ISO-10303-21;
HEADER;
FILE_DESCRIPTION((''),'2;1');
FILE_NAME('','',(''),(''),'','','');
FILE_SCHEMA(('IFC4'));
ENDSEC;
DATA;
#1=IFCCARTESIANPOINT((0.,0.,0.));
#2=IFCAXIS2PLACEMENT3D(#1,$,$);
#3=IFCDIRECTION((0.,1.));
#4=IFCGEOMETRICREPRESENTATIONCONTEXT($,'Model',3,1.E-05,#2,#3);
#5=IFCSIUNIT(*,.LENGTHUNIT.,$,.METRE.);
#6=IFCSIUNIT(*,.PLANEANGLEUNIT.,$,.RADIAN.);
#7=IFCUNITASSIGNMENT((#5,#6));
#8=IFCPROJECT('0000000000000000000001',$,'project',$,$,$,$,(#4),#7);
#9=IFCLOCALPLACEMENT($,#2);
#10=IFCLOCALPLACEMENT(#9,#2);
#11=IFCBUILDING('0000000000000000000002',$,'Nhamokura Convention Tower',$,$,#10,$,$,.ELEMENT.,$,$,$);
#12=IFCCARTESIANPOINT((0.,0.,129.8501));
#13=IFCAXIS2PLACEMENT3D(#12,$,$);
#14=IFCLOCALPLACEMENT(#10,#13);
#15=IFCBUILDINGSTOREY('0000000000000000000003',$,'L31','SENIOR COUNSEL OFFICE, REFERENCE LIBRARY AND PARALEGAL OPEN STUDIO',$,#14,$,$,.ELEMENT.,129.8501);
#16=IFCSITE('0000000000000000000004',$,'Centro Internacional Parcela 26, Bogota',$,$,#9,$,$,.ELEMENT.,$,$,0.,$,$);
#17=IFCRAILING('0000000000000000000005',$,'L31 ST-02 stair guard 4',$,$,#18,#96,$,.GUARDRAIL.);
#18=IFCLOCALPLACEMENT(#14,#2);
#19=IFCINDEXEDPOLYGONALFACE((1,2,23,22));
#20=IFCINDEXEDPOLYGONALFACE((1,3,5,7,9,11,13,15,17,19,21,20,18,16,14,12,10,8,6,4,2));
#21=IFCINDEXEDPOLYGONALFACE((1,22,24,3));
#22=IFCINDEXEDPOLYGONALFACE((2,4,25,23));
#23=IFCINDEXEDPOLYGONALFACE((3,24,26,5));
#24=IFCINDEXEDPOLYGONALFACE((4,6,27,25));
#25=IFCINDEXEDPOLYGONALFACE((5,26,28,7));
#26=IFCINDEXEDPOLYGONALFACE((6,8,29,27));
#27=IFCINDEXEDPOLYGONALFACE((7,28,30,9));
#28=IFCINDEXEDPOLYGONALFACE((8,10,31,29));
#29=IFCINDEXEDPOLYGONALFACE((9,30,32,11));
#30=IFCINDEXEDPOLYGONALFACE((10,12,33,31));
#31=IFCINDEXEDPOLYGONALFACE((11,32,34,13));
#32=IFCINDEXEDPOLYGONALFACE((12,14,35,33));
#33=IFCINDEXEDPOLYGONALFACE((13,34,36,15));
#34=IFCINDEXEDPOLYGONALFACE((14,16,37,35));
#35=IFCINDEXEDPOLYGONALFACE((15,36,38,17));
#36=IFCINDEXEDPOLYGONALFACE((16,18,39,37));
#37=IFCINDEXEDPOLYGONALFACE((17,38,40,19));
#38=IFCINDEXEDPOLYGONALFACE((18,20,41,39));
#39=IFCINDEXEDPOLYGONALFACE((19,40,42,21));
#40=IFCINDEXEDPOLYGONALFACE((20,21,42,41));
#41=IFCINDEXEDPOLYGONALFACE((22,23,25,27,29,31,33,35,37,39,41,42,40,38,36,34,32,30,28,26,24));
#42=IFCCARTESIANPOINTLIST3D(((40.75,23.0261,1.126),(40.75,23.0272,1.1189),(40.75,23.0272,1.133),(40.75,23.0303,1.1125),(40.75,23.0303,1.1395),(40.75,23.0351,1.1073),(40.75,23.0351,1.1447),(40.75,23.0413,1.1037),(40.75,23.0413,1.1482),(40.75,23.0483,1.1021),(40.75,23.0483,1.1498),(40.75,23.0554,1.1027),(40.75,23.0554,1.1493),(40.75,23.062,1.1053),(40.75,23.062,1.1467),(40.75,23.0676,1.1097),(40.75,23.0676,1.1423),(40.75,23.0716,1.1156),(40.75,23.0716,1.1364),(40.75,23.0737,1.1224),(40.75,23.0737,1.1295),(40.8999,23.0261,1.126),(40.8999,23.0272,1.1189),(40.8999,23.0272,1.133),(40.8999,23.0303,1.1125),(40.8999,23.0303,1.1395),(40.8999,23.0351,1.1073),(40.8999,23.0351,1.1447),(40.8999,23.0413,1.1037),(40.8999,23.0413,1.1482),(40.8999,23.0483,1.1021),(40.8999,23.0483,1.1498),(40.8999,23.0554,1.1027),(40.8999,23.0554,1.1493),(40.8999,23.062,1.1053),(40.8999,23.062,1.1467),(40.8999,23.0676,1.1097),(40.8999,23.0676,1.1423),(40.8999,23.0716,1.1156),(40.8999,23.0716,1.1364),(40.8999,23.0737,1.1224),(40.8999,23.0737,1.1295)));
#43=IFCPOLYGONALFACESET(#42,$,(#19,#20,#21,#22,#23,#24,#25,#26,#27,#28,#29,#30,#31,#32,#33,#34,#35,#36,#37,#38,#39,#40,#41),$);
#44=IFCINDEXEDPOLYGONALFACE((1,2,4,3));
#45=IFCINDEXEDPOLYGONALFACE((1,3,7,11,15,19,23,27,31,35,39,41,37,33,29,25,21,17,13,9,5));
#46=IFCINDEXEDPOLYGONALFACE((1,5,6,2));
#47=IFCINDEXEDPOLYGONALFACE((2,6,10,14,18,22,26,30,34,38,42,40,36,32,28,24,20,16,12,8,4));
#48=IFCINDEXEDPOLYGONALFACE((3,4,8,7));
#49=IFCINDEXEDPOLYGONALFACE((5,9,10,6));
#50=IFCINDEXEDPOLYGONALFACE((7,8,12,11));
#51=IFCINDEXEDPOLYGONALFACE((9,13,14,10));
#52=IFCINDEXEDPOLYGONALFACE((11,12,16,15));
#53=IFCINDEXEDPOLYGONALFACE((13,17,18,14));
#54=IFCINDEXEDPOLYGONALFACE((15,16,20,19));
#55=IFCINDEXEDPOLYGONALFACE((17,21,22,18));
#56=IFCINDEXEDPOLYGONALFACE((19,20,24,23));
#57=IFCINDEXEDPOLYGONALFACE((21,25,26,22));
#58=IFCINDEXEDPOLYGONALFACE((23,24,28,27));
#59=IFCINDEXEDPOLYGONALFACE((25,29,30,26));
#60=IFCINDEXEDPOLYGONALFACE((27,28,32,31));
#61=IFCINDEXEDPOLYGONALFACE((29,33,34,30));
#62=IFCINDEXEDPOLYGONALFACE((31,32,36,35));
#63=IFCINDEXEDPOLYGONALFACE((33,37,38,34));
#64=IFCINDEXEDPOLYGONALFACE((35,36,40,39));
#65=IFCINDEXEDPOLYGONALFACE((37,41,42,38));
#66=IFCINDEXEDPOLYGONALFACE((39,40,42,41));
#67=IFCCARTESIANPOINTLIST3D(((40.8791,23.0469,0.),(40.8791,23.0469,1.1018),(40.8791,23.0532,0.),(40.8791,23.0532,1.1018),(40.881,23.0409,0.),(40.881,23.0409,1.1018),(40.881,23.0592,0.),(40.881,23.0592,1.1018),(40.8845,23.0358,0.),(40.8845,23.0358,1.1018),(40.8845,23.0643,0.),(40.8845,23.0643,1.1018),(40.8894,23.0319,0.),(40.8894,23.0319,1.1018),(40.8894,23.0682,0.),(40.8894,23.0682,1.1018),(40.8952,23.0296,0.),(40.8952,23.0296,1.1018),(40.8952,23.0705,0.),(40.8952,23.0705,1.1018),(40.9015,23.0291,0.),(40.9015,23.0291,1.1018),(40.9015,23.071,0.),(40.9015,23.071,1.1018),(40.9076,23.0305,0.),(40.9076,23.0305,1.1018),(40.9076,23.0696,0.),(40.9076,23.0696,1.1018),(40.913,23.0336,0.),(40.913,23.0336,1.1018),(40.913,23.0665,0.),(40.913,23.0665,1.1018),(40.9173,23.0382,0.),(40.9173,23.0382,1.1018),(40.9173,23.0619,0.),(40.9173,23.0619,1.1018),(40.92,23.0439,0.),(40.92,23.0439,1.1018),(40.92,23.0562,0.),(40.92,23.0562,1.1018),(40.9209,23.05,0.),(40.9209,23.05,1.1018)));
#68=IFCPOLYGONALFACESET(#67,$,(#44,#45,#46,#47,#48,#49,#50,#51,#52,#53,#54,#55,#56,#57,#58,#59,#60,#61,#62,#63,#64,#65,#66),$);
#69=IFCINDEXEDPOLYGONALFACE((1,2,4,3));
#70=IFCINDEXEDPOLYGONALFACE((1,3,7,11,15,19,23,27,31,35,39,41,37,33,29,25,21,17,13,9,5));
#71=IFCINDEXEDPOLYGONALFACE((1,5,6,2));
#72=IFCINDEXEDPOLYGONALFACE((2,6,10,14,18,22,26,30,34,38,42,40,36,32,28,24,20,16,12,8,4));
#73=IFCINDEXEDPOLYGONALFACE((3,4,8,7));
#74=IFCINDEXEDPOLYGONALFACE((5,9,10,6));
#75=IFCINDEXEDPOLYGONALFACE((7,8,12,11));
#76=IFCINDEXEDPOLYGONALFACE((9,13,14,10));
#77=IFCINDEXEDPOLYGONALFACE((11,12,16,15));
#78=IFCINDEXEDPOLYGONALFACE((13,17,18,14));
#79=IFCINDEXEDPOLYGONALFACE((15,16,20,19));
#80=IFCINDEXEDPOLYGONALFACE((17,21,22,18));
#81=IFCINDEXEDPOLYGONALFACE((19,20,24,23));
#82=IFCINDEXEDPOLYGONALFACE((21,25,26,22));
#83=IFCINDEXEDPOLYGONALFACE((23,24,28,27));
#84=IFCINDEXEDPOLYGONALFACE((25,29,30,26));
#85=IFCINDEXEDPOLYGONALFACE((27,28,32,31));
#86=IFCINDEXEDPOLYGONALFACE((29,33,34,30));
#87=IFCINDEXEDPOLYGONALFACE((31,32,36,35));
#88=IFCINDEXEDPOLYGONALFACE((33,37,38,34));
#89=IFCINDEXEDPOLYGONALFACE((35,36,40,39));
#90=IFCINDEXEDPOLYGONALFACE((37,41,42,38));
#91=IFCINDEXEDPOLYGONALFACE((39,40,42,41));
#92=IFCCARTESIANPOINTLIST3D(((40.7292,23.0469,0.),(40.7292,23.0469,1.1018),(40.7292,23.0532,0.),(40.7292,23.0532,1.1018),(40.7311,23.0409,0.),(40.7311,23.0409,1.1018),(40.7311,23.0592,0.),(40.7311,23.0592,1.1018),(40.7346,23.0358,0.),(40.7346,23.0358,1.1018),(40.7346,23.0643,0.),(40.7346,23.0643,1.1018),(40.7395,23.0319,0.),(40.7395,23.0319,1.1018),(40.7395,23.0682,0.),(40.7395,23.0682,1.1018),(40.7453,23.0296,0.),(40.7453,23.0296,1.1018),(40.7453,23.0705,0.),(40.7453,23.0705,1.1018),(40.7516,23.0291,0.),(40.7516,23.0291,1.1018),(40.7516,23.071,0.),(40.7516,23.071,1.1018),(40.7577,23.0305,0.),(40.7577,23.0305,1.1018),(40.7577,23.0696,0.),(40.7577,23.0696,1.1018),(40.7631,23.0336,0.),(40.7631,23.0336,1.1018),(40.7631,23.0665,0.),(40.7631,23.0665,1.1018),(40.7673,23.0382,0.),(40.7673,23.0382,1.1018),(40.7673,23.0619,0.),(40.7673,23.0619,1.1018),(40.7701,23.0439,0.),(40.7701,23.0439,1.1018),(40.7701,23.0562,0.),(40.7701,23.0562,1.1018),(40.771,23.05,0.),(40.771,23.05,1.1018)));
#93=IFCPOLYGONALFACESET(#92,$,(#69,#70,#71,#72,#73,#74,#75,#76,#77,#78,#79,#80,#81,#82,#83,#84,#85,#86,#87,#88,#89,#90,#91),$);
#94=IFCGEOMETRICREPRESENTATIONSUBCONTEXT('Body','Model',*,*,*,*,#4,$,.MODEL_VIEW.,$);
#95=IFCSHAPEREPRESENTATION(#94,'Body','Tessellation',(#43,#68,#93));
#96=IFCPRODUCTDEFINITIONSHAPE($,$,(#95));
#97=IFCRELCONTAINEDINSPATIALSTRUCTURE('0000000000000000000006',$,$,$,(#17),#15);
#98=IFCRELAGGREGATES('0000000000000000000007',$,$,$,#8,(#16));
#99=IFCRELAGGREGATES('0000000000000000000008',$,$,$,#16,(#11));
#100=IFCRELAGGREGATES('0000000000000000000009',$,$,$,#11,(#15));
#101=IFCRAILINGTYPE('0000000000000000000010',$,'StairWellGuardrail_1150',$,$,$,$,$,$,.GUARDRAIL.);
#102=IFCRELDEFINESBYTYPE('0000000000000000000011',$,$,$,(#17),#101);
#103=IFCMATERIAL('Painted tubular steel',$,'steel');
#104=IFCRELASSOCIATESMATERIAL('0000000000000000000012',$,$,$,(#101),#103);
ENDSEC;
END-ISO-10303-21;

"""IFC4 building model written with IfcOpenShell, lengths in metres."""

from ifc_helpers import new_model, si_unit, direction, frame, origin, origin_2d, place, context, subcontext, project, spatial, circle, extrude, material, type_object, element, save


model = new_model("IFC4")

# Units and contexts
model_context = context("Model", 3, precision=1e-05, world=origin(), true_north=direction((0.0, 1.0)))
body_context = subcontext(model_context, "Body", "Model", "MODEL_VIEW")
ifc_project = project(units=[si_unit("LENGTHUNIT", "METRE"), si_unit("PLANEANGLEUNIT", "RADIAN")], contexts=[model_context])

# Site, building, storey
site_placement = place(None, origin())
site = spatial("IfcSite", under=ifc_project, at=site_placement, Name="Centro Internacional Parcela 26, Bogota", CompositionType="ELEMENT", RefElevation=0.0)
building_placement = place(site_placement, origin())
building = spatial("IfcBuilding", under=site, at=building_placement, Name="Nhamokura Convention Tower", CompositionType="ELEMENT")
storey_placement = place(building_placement, frame((0.0, 0.0, 129.8501)))
storey = spatial("IfcBuildingStorey", under=building, at=storey_placement, Name="L31", Description="SENIOR COUNSEL OFFICE, REFERENCE LIBRARY AND PARALEGAL OPEN STUDIO", CompositionType="ELEMENT", Elevation=129.8501)

# Railing
ifc_material_1 = material(Name="Painted tubular steel", Category="steel")
railing_type_1 = type_object("IfcRailingType", Name="StairWellGuardrail_1150", PredefinedType="GUARDRAIL", material=ifc_material_1)
railing_1_placement = place(storey_placement, frame((40.8999, 23.05, 0.0)))
element("IfcRailing", 1, at=railing_1_placement, inside=storey, type_object=railing_type_1, Name="L31 ST-02 stair guard 4", PredefinedType="GUARDRAIL", context=body_context, shape_type="SweptSolid", body=[
    extrude(circle(Radius=0.0239, at=origin_2d()), frame((0.0, 0.0, 1.126), z_axis=(-1.0, 0.0, 0.0), x_axis=(0.0, -1.0, 0.0)), (0.0, 0.0, 1.0), 0.1499),
    extrude(circle(Radius=0.021, at=origin_2d()), origin(), (0.0, 0.0, 1.0), 1.1018),
    extrude(circle(Radius=0.021, at=origin_2d()), frame((-0.1499, 0.0, 0.0)), (0.0, 0.0, 1.0), 1.1018),
])

save(model, "model.ifc")
